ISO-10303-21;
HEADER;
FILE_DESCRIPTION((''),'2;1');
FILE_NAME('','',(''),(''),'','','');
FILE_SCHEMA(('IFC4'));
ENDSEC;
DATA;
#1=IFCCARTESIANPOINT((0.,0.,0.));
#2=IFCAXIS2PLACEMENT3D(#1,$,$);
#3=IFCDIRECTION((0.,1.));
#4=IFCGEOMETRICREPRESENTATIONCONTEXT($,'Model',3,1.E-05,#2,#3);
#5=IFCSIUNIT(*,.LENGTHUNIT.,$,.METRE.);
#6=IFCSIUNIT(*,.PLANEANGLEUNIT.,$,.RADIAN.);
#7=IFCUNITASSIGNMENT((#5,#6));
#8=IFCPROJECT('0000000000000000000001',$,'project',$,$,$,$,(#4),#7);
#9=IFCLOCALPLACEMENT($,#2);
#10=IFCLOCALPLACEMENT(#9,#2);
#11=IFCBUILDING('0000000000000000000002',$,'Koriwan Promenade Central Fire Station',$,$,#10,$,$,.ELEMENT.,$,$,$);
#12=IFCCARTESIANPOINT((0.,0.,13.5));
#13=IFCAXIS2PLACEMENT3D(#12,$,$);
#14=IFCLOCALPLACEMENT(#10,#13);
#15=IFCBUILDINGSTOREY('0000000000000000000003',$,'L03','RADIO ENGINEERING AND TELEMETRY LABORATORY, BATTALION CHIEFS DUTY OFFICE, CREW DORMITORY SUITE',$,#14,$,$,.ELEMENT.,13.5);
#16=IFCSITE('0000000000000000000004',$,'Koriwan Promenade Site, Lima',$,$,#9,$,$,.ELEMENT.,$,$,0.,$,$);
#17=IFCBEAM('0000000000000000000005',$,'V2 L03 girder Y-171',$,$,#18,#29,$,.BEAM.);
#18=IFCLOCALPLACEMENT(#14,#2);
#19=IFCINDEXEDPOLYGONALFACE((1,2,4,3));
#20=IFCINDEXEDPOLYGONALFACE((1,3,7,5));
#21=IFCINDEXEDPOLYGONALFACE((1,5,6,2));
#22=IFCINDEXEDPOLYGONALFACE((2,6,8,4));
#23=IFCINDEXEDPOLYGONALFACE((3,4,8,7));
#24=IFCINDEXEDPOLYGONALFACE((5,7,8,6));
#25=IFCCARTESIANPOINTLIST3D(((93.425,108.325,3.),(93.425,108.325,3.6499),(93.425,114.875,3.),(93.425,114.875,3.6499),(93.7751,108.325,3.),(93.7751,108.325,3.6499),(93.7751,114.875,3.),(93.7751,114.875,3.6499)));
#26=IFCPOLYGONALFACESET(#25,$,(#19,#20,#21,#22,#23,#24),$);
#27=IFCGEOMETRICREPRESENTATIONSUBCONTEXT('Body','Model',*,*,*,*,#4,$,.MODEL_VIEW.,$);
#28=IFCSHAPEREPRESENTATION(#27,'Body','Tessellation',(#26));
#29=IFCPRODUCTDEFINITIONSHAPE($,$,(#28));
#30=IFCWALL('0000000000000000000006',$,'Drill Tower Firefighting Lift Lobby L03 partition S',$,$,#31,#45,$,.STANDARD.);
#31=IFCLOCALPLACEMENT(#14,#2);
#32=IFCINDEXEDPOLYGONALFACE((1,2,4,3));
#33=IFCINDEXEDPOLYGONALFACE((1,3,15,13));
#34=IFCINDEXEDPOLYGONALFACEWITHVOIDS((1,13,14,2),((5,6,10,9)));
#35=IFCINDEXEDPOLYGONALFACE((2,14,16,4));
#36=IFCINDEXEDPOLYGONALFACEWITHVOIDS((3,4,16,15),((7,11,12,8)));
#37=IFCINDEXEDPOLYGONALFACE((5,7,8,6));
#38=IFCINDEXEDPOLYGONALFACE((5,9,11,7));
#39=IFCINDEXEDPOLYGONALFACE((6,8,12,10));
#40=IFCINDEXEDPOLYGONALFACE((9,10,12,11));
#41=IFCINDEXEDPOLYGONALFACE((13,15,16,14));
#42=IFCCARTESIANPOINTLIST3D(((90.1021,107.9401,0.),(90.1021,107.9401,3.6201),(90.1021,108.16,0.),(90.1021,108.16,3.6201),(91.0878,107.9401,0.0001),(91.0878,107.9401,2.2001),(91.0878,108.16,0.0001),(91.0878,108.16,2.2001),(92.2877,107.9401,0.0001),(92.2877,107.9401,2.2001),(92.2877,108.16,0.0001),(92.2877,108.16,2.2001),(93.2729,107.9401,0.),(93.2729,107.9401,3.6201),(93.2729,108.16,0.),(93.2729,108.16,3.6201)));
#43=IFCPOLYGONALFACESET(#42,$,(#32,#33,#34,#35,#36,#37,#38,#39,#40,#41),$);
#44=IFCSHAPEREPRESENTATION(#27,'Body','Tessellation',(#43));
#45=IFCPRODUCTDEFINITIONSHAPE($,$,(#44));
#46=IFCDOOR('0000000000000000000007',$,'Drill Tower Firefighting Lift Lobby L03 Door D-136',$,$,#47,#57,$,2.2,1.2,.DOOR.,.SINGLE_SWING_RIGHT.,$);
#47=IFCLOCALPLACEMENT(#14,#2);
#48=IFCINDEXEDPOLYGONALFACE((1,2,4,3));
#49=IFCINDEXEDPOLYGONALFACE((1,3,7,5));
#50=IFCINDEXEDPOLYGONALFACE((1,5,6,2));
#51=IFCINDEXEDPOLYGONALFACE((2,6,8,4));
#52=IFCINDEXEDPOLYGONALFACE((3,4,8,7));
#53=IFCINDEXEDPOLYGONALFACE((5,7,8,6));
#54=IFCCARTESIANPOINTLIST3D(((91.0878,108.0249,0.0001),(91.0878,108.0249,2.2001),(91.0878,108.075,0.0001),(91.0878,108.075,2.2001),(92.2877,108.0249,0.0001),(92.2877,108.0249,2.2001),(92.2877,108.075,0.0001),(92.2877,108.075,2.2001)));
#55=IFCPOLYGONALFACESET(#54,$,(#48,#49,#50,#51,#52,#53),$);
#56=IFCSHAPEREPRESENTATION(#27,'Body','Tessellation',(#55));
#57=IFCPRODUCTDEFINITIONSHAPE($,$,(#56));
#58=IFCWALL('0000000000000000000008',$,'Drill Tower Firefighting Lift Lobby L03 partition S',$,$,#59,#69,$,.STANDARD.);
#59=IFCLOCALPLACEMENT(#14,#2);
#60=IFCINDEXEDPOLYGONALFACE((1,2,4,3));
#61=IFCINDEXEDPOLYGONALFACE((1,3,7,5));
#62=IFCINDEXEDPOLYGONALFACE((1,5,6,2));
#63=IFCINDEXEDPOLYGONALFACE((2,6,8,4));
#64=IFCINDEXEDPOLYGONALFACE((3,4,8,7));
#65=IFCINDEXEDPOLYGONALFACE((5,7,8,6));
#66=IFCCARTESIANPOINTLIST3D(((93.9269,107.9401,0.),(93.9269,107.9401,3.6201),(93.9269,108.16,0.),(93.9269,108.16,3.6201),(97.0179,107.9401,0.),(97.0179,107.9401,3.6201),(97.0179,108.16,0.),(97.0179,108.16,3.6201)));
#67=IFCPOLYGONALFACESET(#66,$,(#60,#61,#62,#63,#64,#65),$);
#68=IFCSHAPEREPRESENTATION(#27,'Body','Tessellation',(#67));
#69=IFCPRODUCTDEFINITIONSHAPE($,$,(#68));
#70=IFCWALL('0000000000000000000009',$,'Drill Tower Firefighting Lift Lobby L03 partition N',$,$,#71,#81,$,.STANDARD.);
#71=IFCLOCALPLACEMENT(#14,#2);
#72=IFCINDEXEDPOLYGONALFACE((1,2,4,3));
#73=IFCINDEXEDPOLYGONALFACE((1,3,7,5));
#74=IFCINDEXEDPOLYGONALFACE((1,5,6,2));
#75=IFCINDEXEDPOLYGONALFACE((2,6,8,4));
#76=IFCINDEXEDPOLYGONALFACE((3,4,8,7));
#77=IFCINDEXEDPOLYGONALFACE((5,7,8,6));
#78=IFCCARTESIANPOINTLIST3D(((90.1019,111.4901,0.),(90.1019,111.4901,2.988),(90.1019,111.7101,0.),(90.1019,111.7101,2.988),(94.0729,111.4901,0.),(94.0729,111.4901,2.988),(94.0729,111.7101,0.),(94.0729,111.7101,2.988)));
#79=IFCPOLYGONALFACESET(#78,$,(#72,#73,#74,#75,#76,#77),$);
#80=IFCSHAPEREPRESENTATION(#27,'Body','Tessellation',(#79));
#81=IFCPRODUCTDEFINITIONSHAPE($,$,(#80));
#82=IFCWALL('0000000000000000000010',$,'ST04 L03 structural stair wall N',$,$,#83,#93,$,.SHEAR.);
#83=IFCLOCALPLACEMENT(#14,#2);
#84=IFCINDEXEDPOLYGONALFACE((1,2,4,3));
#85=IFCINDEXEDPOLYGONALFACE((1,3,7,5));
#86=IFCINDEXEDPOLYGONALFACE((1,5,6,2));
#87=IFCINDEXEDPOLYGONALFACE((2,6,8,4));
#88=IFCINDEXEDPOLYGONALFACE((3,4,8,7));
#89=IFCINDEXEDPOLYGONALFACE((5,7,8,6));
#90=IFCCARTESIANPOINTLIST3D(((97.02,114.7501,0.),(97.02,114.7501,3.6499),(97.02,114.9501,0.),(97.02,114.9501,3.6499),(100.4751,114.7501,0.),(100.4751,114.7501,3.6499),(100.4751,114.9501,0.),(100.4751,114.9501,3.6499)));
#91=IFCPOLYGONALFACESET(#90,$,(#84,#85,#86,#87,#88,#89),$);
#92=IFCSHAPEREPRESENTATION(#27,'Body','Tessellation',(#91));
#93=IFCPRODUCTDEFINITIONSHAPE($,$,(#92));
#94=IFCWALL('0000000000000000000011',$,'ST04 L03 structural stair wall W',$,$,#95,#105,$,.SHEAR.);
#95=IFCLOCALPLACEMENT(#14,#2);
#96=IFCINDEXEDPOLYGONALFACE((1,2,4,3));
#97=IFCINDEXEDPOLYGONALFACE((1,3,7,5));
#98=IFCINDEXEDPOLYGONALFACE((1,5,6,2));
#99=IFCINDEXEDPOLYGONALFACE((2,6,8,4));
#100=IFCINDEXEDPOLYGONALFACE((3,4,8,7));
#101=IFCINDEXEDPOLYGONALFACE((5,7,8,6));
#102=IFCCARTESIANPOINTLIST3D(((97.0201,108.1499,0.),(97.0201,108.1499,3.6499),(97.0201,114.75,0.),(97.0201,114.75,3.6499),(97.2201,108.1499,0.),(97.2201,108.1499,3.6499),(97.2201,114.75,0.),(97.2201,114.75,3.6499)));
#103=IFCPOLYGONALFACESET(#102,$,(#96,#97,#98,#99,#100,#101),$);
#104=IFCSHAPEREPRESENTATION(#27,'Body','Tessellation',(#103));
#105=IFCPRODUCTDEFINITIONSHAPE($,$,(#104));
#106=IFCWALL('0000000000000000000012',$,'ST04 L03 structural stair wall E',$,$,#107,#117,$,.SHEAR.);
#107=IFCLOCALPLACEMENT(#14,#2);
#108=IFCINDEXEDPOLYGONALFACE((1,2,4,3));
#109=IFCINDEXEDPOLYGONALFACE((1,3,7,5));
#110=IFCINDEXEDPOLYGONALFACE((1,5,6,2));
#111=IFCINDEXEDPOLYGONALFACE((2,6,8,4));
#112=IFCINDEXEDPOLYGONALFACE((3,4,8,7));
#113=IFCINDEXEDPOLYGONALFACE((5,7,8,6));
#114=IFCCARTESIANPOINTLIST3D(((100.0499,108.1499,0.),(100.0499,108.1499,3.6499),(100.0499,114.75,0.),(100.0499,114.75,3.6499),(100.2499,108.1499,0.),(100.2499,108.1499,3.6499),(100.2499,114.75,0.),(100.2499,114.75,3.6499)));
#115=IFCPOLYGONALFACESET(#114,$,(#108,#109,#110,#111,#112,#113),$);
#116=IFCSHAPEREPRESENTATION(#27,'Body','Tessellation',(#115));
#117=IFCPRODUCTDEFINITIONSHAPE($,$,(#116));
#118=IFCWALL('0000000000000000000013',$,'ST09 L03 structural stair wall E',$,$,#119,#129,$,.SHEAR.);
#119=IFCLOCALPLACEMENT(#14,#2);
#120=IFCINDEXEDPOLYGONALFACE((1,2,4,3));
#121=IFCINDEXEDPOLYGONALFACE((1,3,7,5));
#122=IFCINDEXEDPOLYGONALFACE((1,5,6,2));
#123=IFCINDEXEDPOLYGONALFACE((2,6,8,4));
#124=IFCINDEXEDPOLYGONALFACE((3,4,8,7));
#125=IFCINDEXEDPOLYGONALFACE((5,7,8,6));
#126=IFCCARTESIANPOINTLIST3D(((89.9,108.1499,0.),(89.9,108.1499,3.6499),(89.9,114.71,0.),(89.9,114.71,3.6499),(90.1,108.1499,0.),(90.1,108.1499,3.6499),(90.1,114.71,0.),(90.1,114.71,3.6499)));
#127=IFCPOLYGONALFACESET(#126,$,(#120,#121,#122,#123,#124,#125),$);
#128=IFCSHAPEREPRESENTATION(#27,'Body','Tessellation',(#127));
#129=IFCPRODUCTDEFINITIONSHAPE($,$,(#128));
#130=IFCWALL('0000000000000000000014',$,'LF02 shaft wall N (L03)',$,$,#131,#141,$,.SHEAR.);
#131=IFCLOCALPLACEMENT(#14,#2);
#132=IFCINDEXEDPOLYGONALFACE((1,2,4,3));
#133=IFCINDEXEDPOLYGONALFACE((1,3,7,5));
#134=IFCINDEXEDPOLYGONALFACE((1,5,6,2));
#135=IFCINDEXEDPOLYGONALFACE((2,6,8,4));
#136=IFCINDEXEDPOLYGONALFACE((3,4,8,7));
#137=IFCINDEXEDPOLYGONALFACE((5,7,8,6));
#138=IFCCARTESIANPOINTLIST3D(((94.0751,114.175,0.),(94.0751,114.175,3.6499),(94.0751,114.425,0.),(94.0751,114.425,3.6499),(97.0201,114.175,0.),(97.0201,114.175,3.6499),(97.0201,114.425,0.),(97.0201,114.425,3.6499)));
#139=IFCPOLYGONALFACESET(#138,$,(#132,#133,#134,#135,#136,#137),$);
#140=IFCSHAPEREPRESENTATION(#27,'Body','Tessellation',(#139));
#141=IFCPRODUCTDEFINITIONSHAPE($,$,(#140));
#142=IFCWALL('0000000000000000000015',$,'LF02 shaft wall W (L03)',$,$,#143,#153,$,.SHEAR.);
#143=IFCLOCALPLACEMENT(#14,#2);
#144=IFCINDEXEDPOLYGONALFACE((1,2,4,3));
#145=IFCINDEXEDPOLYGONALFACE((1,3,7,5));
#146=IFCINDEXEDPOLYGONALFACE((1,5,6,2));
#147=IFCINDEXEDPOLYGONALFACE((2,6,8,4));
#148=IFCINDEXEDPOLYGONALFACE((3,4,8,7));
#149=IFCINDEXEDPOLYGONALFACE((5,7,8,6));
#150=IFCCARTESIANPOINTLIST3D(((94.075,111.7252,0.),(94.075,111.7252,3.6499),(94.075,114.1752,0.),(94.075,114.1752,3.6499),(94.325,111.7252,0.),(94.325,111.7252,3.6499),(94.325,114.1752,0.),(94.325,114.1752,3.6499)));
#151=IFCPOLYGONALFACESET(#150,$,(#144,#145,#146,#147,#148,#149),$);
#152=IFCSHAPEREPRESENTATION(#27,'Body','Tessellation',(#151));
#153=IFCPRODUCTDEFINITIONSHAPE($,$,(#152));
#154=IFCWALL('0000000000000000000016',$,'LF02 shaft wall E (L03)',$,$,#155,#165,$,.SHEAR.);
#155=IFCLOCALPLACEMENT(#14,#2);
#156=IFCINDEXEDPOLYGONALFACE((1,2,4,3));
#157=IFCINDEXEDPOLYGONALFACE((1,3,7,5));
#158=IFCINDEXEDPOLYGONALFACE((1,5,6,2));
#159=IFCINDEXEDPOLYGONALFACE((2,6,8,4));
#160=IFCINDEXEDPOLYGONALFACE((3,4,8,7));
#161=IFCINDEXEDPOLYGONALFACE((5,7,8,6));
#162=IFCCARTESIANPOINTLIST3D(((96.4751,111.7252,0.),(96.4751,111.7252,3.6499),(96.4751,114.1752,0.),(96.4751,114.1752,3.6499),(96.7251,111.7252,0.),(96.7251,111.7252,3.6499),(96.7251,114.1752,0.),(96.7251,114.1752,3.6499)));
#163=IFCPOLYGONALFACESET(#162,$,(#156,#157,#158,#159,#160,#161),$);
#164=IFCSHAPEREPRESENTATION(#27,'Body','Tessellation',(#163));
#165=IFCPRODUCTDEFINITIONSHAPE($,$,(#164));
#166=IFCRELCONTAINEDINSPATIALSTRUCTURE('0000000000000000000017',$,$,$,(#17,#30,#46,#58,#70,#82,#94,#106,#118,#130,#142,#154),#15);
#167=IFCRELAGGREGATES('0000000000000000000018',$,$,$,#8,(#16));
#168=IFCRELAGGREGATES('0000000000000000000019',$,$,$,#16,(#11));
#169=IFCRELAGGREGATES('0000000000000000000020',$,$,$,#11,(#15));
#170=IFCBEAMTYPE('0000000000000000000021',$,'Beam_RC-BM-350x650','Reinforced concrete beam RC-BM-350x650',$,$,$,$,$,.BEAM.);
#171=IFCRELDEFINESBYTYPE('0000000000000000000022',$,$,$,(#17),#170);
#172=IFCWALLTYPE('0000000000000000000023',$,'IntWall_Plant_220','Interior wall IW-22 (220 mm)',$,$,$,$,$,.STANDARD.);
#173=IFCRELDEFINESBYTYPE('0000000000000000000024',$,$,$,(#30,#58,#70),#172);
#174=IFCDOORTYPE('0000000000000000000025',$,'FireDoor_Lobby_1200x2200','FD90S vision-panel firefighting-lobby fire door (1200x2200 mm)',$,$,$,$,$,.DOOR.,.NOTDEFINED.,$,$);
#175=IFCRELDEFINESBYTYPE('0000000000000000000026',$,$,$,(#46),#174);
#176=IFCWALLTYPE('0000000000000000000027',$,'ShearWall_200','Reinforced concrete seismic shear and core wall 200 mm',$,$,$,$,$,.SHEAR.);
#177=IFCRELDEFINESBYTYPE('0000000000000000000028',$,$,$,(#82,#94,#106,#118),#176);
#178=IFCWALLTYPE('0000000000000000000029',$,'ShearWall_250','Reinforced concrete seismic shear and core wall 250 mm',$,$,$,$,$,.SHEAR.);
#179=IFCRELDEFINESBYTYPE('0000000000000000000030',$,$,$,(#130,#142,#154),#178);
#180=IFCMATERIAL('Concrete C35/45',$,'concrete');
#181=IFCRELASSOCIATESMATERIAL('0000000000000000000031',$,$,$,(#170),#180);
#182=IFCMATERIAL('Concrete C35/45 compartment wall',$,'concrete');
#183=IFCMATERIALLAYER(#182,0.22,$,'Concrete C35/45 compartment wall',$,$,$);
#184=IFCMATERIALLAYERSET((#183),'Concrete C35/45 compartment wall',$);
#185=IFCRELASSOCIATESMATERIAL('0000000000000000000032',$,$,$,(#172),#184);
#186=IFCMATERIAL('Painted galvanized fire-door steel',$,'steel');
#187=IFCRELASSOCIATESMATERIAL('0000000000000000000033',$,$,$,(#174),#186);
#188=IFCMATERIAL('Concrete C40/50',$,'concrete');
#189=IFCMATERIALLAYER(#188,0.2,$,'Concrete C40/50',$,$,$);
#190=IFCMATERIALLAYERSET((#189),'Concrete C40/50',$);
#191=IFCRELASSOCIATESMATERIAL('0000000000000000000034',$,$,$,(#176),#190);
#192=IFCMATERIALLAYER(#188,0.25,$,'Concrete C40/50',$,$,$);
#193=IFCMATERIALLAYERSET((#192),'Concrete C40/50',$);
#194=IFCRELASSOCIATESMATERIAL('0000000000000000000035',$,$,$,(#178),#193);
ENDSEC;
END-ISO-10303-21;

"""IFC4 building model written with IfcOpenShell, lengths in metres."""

from ifc_helpers import new_model, si_unit, direction, frame, frame_2d, origin, origin_2d, place, context, subcontext, project, spatial, rectangle, extrude, material, layer, layer_set, material_profile, profile_set, type_object, element, fill, save


model = new_model("IFC4")

# Units and contexts
model_context = context("Model", 3, precision=1e-05, world=origin(), true_north=direction((0.0, 1.0)))
body_context = subcontext(model_context, "Body", "Model", "MODEL_VIEW")
ifc_project = project(units=[si_unit("LENGTHUNIT", "METRE"), si_unit("PLANEANGLEUNIT", "RADIAN")], contexts=[model_context])

# Site, building, storey
site_placement = place(None, origin())
site = spatial("IfcSite", under=ifc_project, at=site_placement, Name="Koriwan Promenade Site, Lima", CompositionType="ELEMENT", RefElevation=0.0)
building_placement = place(site_placement, origin())
building = spatial("IfcBuilding", under=site, at=building_placement, Name="Koriwan Promenade Central Fire Station", CompositionType="ELEMENT")
storey_placement = place(building_placement, frame((0.0, 0.0, 13.5)))
storey = spatial("IfcBuildingStorey", under=building, at=storey_placement, Name="L03", Description="RADIO ENGINEERING AND TELEMETRY LABORATORY, BATTALION CHIEFS DUTY OFFICE, CREW DORMITORY SUITE", CompositionType="ELEMENT", Elevation=13.5)

# Beam
ifc_material_1 = material(Name="Concrete C35/45", Category="concrete")
ifc_material_profile = material_profile(ifc_material_1, rectangle(XDim=0.3501, YDim=0.6499, at=origin_2d()), Name="RC-BM-350x650")
ifc_profile_set = profile_set([ifc_material_profile], Name="Concrete C35/45")
beam_type = type_object("IfcBeamType", Name="Beam_RC-BM-350x650", Description="Reinforced concrete beam RC-BM-350x650", PredefinedType="BEAM", material=ifc_profile_set)
beam_placement = place(storey_placement, frame((93.6001, 108.325, 3.325), z_axis=(0.0, 1.0, 0.0), x_axis=(-1.0, 0.0, 0.0)))
element("IfcBeam", 1, at=beam_placement, inside=storey, type_object=beam_type, Name="V2 L03 girder Y-171", PredefinedType="BEAM", context=body_context, shape_type="SweptSolid", body=[
    extrude(rectangle(XDim=0.3501, YDim=0.6499, at=origin_2d()), origin(), (0.0, 0.0, 1.0), 6.55),
])

# Wall, opening, door
ifc_material_2 = material(Name="Concrete C35/45 compartment wall", Category="concrete")
ifc_layer_1 = layer(ifc_material_2, 0.22, Name="Concrete C35/45 compartment wall")
ifc_layer_set_1 = layer_set([ifc_layer_1], Name="Concrete C35/45 compartment wall")
wall_type_1 = type_object("IfcWallType", Name="IntWall_Plant_220", Description="Interior wall IW-22 (220 mm)", PredefinedType="STANDARD", material=ifc_layer_set_1)
wall_1_placement = place(storey_placement, frame((90.1021, 108.05, 0.0), z_axis=(0.0, 0.0, 1.0), x_axis=(1.0, 0.0, 0.0)))
wall_1 = element("IfcWall", 2, at=wall_1_placement, inside=storey, type_object=wall_type_1, Name="Drill Tower Firefighting Lift Lobby L03 partition S", PredefinedType="STANDARD", context=body_context, shape_type="SweptSolid", body=[
    extrude(rectangle(XDim=3.1709, YDim=0.22, at=frame_2d((1.5854, 0.0))), origin(), (0.0, 0.0, 1.0), 3.6201),
])
opening_1_placement = place(wall_1_placement, frame((0.9856, 0.0, 0.0)))
opening_1 = element("IfcOpeningElement", 3, at=opening_1_placement, cuts=wall_1, PredefinedType="OPENING", context=body_context, shape_type="SweptSolid", body=[
    extrude(rectangle(XDim=1.2, YDim=2.2, at=frame_2d((0.6001, 1.1001))), frame((0.0, 0.1221, 0.0), z_axis=(0.0, -1.0, 0.0), x_axis=(1.0, 0.0, 0.0)), (0.0, 0.0, 1.0), 0.2439),
])
ifc_material_3 = material(Name="Painted galvanized fire-door steel", Category="steel")
door_type_1 = type_object("IfcDoorType", Name="FireDoor_Lobby_1200x2200", Description="FD90S vision-panel firefighting-lobby fire door (1200x2200 mm)", OperationType="NOTDEFINED", PredefinedType="DOOR", material=ifc_material_3)
door_1_placement = place(opening_1_placement, origin())
door_1 = element("IfcDoor", 4, at=door_1_placement, inside=storey, type_object=door_type_1, Name="Drill Tower Firefighting Lift Lobby L03 Door D-136", OperationType="SINGLE_SWING_RIGHT", OverallHeight=2.2, OverallWidth=1.2, PredefinedType="DOOR", context=body_context, shape_type="SweptSolid", body=[
    extrude(rectangle(XDim=1.2, YDim=2.2, at=frame_2d((0.6001, 1.1001))), frame((0.0, 0.0249, 0.0), z_axis=(0.0, -1.0, 0.0), x_axis=(1.0, 0.0, 0.0)), (0.0, 0.0, 1.0), 0.05),
])
fill(opening_1, door_1)

# Walls
wall_2_placement = place(storey_placement, frame((93.927, 108.05, 0.0), z_axis=(0.0, 0.0, 1.0), x_axis=(1.0, 0.0, 0.0)))
element("IfcWall", 5, at=wall_2_placement, inside=storey, type_object=wall_type_1, Name="Drill Tower Firefighting Lift Lobby L03 partition S", PredefinedType="STANDARD", context=body_context, shape_type="SweptSolid", body=[
    extrude(rectangle(XDim=3.0911, YDim=0.22, at=frame_2d((1.5454, 0.0))), origin(), (0.0, 0.0, 1.0), 3.6201),
])
wall_3_placement = place(storey_placement, frame((90.1021, 111.6001, 0.0), z_axis=(0.0, 0.0, 1.0), x_axis=(1.0, 0.0, 0.0)))
element("IfcWall", 6, at=wall_3_placement, inside=storey, type_object=wall_type_1, Name="Drill Tower Firefighting Lift Lobby L03 partition N", PredefinedType="STANDARD", context=body_context, shape_type="SweptSolid", body=[
    extrude(rectangle(XDim=3.9709, YDim=0.22, at=frame_2d((1.9854, 0.0))), origin(), (0.0, 0.0, 1.0), 2.988),
])

# Shared definitions
ifc_material_4 = material(Name="Concrete C40/50", Category="concrete")
ifc_layer_2 = layer(ifc_material_4, 0.2, Name="Concrete C40/50")
ifc_layer_set_2 = layer_set([ifc_layer_2], Name="Concrete C40/50")
wall_type_2 = type_object("IfcWallType", Name="ShearWall_200", Description="Reinforced concrete seismic shear and core wall 200 mm", PredefinedType="SHEAR", material=ifc_layer_set_2)

# Walls
wall_4_placement = place(storey_placement, frame((97.02, 114.8501, 0.0), z_axis=(0.0, 0.0, 1.0), x_axis=(1.0, 0.0, 0.0)))
element("IfcWall", 7, at=wall_4_placement, inside=storey, type_object=wall_type_2, Name="ST04 L03 structural stair wall N", PredefinedType="SHEAR", context=body_context, shape_type="SweptSolid", body=[
    extrude(rectangle(XDim=3.4551, YDim=0.2, at=frame_2d((1.7275, 0.0))), origin(), (0.0, 0.0, 1.0), 3.6499),
])
for number, where, z_axis, x_axis, name in (
    (8, (97.1201, 108.1499, 0.0), (0.0, 0.0, 1.0), (0.0, 1.0, 0.0), "ST04 L03 structural stair wall W"),
    (9, (100.1499, 108.1499, 0.0), (0.0, 0.0, 1.0), (0.0, 1.0, 0.0), "ST04 L03 structural stair wall E"),
):
    element("IfcWall", number, at=place(storey_placement, frame(where, z_axis=z_axis, x_axis=x_axis)), inside=storey, type_object=wall_type_2, Name=name, PredefinedType="SHEAR", context=body_context, shape_type="SweptSolid", body=[
        extrude(rectangle(XDim=6.6001, YDim=0.2, at=frame_2d((3.3, 0.0))), origin(), (0.0, 0.0, 1.0), 3.6499),
    ])
wall_5_placement = place(storey_placement, frame((90.0, 108.1499, 0.0), z_axis=(0.0, 0.0, 1.0), x_axis=(0.0, 1.0, 0.0)))
element("IfcWall", 10, at=wall_5_placement, inside=storey, type_object=wall_type_2, Name="ST09 L03 structural stair wall E", PredefinedType="SHEAR", context=body_context, shape_type="SweptSolid", body=[
    extrude(rectangle(XDim=6.5601, YDim=0.2, at=frame_2d((3.28, 0.0))), origin(), (0.0, 0.0, 1.0), 3.6499),
])

# Shared definitions
ifc_layer_3 = layer(ifc_material_4, 0.25, Name="Concrete C40/50")
ifc_layer_set_3 = layer_set([ifc_layer_3], Name="Concrete C40/50")
wall_type_3 = type_object("IfcWallType", Name="ShearWall_250", Description="Reinforced concrete seismic shear and core wall 250 mm", PredefinedType="SHEAR", material=ifc_layer_set_3)

# Walls
wall_6_placement = place(storey_placement, frame((94.075, 114.3, 0.0), z_axis=(0.0, 0.0, 1.0), x_axis=(1.0, 0.0, 0.0)))
element("IfcWall", 11, at=wall_6_placement, inside=storey, type_object=wall_type_3, Name="LF02 shaft wall N (L03)", PredefinedType="SHEAR", context=body_context, shape_type="SweptSolid", body=[
    extrude(rectangle(XDim=2.9451, YDim=0.25, at=frame_2d((1.4727, 0.0))), origin(), (0.0, 0.0, 1.0), 3.6499),
])
for number, where, z_axis, x_axis, name in (
    (12, (94.2, 111.7251, 0.0), (0.0, 0.0, 1.0), (0.0, 1.0, 0.0), "LF02 shaft wall W (L03)"),
    (13, (96.6001, 111.7251, 0.0), (0.0, 0.0, 1.0), (0.0, 1.0, 0.0), "LF02 shaft wall E (L03)"),
):
    element("IfcWall", number, at=place(storey_placement, frame(where, z_axis=z_axis, x_axis=x_axis)), inside=storey, type_object=wall_type_3, Name=name, PredefinedType="SHEAR", context=body_context, shape_type="SweptSolid", body=[
        extrude(rectangle(XDim=2.45, YDim=0.25, at=frame_2d((1.2251, 0.0))), origin(), (0.0, 0.0, 1.0), 3.6499),
    ])

save(model, "model.ifc")
